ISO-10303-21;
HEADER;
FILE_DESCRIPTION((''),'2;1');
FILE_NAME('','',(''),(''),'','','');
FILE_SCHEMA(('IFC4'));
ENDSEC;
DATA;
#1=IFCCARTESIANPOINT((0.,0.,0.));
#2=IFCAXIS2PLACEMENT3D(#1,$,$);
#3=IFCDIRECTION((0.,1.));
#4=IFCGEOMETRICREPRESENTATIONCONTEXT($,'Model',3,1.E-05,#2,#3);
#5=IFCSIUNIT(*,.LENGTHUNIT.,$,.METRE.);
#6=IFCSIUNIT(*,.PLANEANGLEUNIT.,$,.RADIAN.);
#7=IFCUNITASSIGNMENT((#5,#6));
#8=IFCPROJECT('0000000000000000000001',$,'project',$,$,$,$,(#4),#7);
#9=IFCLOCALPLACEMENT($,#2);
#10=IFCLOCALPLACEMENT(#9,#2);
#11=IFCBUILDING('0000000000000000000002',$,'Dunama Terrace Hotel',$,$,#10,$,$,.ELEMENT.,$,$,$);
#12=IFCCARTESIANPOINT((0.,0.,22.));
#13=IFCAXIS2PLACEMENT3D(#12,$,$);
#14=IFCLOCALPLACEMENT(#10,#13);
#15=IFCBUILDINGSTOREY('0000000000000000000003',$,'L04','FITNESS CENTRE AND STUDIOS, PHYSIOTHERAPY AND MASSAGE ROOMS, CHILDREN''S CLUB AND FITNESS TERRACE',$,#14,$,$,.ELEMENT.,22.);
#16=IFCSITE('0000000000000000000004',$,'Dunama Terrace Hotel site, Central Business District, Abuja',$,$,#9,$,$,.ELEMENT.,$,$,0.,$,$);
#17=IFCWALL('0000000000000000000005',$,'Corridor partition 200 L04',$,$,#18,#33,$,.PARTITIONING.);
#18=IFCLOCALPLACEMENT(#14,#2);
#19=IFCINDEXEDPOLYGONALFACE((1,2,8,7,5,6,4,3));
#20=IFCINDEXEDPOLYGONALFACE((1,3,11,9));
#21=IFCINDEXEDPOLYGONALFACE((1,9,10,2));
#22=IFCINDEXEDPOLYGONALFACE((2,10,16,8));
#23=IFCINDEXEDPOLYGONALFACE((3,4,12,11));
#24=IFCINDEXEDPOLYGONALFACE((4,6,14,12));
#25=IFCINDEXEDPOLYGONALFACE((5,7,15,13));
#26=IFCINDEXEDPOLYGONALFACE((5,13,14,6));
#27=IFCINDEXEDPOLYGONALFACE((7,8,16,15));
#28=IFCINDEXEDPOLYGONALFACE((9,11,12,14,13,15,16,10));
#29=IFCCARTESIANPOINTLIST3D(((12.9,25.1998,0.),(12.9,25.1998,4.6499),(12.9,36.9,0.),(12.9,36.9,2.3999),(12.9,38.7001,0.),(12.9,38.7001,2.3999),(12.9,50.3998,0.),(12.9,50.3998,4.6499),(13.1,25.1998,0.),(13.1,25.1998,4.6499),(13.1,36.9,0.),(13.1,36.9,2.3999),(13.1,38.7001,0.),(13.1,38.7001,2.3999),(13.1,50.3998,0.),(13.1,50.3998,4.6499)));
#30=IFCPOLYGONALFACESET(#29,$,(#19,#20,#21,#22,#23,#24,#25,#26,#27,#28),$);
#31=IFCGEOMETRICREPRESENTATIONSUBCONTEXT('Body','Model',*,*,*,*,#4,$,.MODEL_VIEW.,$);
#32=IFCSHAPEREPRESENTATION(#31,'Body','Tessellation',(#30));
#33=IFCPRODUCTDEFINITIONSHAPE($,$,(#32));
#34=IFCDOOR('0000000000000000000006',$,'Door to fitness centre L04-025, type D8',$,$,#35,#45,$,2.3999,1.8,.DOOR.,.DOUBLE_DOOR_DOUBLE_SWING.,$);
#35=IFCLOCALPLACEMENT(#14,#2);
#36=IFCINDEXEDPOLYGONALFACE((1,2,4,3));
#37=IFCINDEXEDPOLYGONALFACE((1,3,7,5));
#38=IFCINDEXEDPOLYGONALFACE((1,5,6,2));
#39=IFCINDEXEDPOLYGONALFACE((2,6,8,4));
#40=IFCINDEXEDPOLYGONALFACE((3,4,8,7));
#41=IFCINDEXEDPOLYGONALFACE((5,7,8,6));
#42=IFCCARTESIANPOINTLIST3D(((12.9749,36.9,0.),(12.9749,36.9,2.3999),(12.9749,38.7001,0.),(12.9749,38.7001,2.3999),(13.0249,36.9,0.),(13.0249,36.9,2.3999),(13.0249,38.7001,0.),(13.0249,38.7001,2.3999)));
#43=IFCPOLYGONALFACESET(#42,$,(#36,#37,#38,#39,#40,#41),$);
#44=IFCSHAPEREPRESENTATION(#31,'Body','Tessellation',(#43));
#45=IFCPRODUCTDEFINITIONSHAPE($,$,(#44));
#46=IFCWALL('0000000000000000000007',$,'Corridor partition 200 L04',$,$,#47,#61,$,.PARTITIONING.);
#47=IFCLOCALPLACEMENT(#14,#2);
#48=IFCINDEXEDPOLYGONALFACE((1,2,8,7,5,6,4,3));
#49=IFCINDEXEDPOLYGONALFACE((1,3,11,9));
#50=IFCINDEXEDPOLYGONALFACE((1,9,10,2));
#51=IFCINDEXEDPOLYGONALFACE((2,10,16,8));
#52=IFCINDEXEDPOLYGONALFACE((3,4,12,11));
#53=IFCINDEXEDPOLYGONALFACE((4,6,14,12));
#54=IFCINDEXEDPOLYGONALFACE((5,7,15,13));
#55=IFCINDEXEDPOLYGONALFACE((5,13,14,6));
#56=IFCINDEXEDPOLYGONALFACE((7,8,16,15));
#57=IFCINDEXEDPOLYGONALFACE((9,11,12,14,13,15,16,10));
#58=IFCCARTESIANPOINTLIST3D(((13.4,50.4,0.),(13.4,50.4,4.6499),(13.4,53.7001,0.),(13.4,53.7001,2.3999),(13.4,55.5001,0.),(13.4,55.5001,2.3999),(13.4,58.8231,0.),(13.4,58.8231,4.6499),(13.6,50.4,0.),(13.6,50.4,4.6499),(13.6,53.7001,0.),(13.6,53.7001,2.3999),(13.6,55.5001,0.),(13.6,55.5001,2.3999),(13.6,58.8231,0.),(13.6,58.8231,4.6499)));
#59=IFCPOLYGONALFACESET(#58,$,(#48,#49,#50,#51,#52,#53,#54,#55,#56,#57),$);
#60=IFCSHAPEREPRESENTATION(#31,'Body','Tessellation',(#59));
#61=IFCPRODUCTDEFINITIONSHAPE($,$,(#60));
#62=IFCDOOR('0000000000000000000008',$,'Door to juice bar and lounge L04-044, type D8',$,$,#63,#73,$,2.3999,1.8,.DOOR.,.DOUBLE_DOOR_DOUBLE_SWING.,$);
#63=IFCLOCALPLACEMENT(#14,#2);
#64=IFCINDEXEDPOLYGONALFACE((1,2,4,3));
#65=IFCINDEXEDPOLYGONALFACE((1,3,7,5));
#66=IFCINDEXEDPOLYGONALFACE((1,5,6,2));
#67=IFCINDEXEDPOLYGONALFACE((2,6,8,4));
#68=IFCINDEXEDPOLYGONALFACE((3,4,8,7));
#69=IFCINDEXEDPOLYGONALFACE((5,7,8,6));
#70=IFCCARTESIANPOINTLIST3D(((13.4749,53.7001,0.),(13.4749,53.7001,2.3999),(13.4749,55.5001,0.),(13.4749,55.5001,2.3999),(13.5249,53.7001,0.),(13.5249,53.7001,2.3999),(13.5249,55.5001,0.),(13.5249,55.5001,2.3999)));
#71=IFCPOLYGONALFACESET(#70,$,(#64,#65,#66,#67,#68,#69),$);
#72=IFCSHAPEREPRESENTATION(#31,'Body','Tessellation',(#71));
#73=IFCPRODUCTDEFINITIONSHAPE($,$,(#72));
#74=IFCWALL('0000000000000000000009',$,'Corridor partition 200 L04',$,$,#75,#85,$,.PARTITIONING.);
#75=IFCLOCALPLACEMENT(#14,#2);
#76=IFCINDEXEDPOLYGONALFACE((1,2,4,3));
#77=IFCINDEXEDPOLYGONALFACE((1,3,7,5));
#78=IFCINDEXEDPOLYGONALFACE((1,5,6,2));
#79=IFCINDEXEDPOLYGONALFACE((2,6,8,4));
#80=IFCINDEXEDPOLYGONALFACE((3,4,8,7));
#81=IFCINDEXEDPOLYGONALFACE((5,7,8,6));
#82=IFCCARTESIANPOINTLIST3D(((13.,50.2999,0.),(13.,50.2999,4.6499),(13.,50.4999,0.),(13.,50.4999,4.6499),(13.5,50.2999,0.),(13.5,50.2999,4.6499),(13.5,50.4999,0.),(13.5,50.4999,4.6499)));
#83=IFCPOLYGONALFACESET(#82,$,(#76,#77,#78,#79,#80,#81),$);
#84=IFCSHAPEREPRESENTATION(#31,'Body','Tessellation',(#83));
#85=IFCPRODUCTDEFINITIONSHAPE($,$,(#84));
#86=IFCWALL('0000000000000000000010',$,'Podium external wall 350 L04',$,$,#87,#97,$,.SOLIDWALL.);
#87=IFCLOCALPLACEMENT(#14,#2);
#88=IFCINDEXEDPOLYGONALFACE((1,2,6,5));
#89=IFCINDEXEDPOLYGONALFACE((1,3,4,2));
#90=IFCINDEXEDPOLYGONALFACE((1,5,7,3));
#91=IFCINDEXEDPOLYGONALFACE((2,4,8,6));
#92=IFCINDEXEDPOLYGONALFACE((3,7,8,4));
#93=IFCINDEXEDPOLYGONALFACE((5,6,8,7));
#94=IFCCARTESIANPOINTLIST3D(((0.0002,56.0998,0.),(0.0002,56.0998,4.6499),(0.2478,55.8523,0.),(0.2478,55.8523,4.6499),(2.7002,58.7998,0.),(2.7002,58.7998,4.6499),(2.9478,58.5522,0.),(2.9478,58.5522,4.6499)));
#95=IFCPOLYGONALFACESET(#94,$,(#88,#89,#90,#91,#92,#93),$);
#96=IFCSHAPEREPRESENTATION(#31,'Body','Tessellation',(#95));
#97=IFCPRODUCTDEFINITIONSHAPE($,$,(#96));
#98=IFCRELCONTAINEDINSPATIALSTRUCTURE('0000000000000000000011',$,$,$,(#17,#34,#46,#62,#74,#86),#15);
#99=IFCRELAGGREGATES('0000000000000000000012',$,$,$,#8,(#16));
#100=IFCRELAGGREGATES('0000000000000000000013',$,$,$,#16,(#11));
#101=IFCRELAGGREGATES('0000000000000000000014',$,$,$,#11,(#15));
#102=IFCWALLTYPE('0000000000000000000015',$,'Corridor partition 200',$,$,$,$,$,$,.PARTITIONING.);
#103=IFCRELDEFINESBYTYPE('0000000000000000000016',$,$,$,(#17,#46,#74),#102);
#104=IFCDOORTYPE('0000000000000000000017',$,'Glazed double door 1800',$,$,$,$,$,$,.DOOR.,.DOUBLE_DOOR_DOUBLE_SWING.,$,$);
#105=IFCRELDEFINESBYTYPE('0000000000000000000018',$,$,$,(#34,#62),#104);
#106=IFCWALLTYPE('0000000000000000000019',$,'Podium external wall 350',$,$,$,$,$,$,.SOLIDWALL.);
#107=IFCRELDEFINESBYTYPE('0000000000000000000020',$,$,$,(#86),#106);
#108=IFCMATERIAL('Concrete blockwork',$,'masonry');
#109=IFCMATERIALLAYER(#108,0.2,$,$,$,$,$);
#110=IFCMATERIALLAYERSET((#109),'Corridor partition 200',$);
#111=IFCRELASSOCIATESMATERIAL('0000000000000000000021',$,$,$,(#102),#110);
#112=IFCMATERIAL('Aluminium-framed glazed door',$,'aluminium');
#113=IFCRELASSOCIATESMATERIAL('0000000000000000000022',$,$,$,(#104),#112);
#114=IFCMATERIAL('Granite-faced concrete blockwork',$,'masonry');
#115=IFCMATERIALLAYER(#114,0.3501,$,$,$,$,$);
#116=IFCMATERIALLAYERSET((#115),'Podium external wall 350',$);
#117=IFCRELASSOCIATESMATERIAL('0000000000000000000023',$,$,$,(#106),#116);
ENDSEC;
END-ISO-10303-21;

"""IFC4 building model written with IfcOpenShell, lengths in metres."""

from ifc_helpers import new_model, si_unit, direction, frame, frame_2d, origin, place, context, subcontext, project, spatial, rectangle, extrude, material, layer, layer_set, type_object, element, fill, save


model = new_model("IFC4")

# Units and contexts
model_context = context("Model", 3, precision=1e-05, world=origin(), true_north=direction((0.0, 1.0)))
body_context = subcontext(model_context, "Body", "Model", "MODEL_VIEW")
ifc_project = project(units=[si_unit("LENGTHUNIT", "METRE"), si_unit("PLANEANGLEUNIT", "RADIAN")], contexts=[model_context])

# Site, building, storey
site_placement = place(None, origin())
site = spatial("IfcSite", under=ifc_project, at=site_placement, Name="Dunama Terrace Hotel site, Central Business District, Abuja", CompositionType="ELEMENT", RefElevation=0.0)
building_placement = place(site_placement, origin())
building = spatial("IfcBuilding", under=site, at=building_placement, Name="Dunama Terrace Hotel", CompositionType="ELEMENT")
storey_placement = place(building_placement, frame((0.0, 0.0, 22.0)))
storey = spatial("IfcBuildingStorey", under=building, at=storey_placement, Name="L04", Description="FITNESS CENTRE AND STUDIOS, PHYSIOTHERAPY AND MASSAGE ROOMS, CHILDREN'S CLUB AND FITNESS TERRACE", CompositionType="ELEMENT", Elevation=22.0)

# Walls, openings, doors
ifc_material_1 = material(Name="Concrete blockwork", Category="masonry")
ifc_layer_1 = layer(ifc_material_1, 0.2)
ifc_layer_set_1 = layer_set([ifc_layer_1], Name="Corridor partition 200")
wall_type_1 = type_object("IfcWallType", Name="Corridor partition 200", PredefinedType="PARTITIONING", material=ifc_layer_set_1)
wall_1_placement = place(storey_placement, frame((13.0, 50.3999, 0.0), z_axis=(0.0, 0.0, 1.0), x_axis=(0.0, -1.0, 0.0)))
wall_1 = element("IfcWall", 1, at=wall_1_placement, inside=storey, type_object=wall_type_1, Name="Corridor partition 200 L04", PredefinedType="PARTITIONING", context=body_context, shape_type="SweptSolid", body=[
    extrude(rectangle(XDim=25.2, YDim=0.2, at=frame_2d((12.6001, 0.0))), origin(), (0.0, 0.0, 1.0), 4.6499),
])
opening_1_placement = place(wall_1_placement, frame((11.7, 0.0, 0.0)))
opening_1 = element("IfcOpeningElement", 2, at=opening_1_placement, cuts=wall_1, PredefinedType="OPENING", context=body_context, shape_type="SweptSolid", body=[
    extrude(rectangle(XDim=1.8, YDim=2.3999, at=frame_2d((0.8999, 1.2))), frame((0.0, 0.1099, 0.0), z_axis=(0.0, -1.0, 0.0), x_axis=(1.0, 0.0, 0.0)), (0.0, 0.0, 1.0), 0.22),
])
ifc_material_2 = material(Name="Aluminium-framed glazed door", Category="aluminium")
door_type_1 = type_object("IfcDoorType", Name="Glazed double door 1800", OperationType="DOUBLE_DOOR_DOUBLE_SWING", PredefinedType="DOOR", material=ifc_material_2)
door_1_placement = place(opening_1_placement, origin())
door_1 = element("IfcDoor", 3, at=door_1_placement, inside=storey, type_object=door_type_1, Name="Door to fitness centre L04-025, type D8", OperationType="DOUBLE_DOOR_DOUBLE_SWING", OverallHeight=2.3999, OverallWidth=1.8, PredefinedType="DOOR", context=body_context, shape_type="SweptSolid", body=[
    extrude(rectangle(XDim=1.8, YDim=2.3999, at=frame_2d((0.8999, 1.2))), frame((0.0, 0.0249, 0.0), z_axis=(0.0, -1.0, 0.0), x_axis=(1.0, 0.0, 0.0)), (0.0, 0.0, 1.0), 0.05),
])
fill(opening_1, door_1)
wall_2_placement = place(storey_placement, frame((13.5, 58.823, 0.0), z_axis=(0.0, 0.0, 1.0), x_axis=(0.0, -1.0, 0.0)))
wall_2 = element("IfcWall", 4, at=wall_2_placement, inside=storey, type_object=wall_type_1, Name="Corridor partition 200 L04", PredefinedType="PARTITIONING", context=body_context, shape_type="SweptSolid", body=[
    extrude(rectangle(XDim=8.4231, YDim=0.2, at=frame_2d((4.2114, 0.0))), origin(), (0.0, 0.0, 1.0), 4.6499),
])
opening_2_placement = place(wall_2_placement, frame((3.323, 0.0, 0.0)))
opening_2 = element("IfcOpeningElement", 5, at=opening_2_placement, cuts=wall_2, PredefinedType="OPENING", context=body_context, shape_type="SweptSolid", body=[
    extrude(rectangle(XDim=1.8, YDim=2.3999, at=frame_2d((0.8999, 1.2))), frame((0.0, 0.1099, 0.0), z_axis=(0.0, -1.0, 0.0), x_axis=(1.0, 0.0, 0.0)), (0.0, 0.0, 1.0), 0.22),
])
door_2_placement = place(opening_2_placement, origin())
door_2 = element("IfcDoor", 6, at=door_2_placement, inside=storey, type_object=door_type_1, Name="Door to juice bar and lounge L04-044, type D8", OperationType="DOUBLE_DOOR_DOUBLE_SWING", OverallHeight=2.3999, OverallWidth=1.8, PredefinedType="DOOR", context=body_context, shape_type="SweptSolid", body=[
    extrude(rectangle(XDim=1.8, YDim=2.3999, at=frame_2d((0.8999, 1.2))), frame((0.0, 0.0249, 0.0), z_axis=(0.0, -1.0, 0.0), x_axis=(1.0, 0.0, 0.0)), (0.0, 0.0, 1.0), 0.05),
])
fill(opening_2, door_2)

# Walls
wall_3_placement = place(storey_placement, frame((13.5, 50.3999, 0.0), z_axis=(0.0, 0.0, 1.0), x_axis=(-1.0, 0.0, 0.0)))
element("IfcWall", 7, at=wall_3_placement, inside=storey, type_object=wall_type_1, Name="Corridor partition 200 L04", PredefinedType="PARTITIONING", context=body_context, shape_type="SweptSolid", body=[
    extrude(rectangle(XDim=0.5, YDim=0.2, at=frame_2d((0.25, 0.0))), origin(), (0.0, 0.0, 1.0), 4.6499),
])
ifc_material_3 = material(Name="Granite-faced concrete blockwork", Category="masonry")
ifc_layer_2 = layer(ifc_material_3, 0.3501)
ifc_layer_set_2 = layer_set([ifc_layer_2], Name="Podium external wall 350")
wall_type_2 = type_object("IfcWallType", Name="Podium external wall 350", PredefinedType="SOLIDWALL", material=ifc_layer_set_2)
wall_4_placement = place(storey_placement, frame((2.824, 58.676, 0.0), z_axis=(0.0, 0.0, 1.0), x_axis=(-0.707107, -0.707107, 0.0)))
element("IfcWall", 8, at=wall_4_placement, inside=storey, type_object=wall_type_2, Name="Podium external wall 350 L04", PredefinedType="SOLIDWALL", context=body_context, shape_type="SweptSolid", body=[
    extrude(rectangle(XDim=3.8184, YDim=0.3501, at=frame_2d((1.9092, 0.0))), origin(), (0.0, 0.0, 1.0), 4.6499),
])

save(model, "model.ifc")
